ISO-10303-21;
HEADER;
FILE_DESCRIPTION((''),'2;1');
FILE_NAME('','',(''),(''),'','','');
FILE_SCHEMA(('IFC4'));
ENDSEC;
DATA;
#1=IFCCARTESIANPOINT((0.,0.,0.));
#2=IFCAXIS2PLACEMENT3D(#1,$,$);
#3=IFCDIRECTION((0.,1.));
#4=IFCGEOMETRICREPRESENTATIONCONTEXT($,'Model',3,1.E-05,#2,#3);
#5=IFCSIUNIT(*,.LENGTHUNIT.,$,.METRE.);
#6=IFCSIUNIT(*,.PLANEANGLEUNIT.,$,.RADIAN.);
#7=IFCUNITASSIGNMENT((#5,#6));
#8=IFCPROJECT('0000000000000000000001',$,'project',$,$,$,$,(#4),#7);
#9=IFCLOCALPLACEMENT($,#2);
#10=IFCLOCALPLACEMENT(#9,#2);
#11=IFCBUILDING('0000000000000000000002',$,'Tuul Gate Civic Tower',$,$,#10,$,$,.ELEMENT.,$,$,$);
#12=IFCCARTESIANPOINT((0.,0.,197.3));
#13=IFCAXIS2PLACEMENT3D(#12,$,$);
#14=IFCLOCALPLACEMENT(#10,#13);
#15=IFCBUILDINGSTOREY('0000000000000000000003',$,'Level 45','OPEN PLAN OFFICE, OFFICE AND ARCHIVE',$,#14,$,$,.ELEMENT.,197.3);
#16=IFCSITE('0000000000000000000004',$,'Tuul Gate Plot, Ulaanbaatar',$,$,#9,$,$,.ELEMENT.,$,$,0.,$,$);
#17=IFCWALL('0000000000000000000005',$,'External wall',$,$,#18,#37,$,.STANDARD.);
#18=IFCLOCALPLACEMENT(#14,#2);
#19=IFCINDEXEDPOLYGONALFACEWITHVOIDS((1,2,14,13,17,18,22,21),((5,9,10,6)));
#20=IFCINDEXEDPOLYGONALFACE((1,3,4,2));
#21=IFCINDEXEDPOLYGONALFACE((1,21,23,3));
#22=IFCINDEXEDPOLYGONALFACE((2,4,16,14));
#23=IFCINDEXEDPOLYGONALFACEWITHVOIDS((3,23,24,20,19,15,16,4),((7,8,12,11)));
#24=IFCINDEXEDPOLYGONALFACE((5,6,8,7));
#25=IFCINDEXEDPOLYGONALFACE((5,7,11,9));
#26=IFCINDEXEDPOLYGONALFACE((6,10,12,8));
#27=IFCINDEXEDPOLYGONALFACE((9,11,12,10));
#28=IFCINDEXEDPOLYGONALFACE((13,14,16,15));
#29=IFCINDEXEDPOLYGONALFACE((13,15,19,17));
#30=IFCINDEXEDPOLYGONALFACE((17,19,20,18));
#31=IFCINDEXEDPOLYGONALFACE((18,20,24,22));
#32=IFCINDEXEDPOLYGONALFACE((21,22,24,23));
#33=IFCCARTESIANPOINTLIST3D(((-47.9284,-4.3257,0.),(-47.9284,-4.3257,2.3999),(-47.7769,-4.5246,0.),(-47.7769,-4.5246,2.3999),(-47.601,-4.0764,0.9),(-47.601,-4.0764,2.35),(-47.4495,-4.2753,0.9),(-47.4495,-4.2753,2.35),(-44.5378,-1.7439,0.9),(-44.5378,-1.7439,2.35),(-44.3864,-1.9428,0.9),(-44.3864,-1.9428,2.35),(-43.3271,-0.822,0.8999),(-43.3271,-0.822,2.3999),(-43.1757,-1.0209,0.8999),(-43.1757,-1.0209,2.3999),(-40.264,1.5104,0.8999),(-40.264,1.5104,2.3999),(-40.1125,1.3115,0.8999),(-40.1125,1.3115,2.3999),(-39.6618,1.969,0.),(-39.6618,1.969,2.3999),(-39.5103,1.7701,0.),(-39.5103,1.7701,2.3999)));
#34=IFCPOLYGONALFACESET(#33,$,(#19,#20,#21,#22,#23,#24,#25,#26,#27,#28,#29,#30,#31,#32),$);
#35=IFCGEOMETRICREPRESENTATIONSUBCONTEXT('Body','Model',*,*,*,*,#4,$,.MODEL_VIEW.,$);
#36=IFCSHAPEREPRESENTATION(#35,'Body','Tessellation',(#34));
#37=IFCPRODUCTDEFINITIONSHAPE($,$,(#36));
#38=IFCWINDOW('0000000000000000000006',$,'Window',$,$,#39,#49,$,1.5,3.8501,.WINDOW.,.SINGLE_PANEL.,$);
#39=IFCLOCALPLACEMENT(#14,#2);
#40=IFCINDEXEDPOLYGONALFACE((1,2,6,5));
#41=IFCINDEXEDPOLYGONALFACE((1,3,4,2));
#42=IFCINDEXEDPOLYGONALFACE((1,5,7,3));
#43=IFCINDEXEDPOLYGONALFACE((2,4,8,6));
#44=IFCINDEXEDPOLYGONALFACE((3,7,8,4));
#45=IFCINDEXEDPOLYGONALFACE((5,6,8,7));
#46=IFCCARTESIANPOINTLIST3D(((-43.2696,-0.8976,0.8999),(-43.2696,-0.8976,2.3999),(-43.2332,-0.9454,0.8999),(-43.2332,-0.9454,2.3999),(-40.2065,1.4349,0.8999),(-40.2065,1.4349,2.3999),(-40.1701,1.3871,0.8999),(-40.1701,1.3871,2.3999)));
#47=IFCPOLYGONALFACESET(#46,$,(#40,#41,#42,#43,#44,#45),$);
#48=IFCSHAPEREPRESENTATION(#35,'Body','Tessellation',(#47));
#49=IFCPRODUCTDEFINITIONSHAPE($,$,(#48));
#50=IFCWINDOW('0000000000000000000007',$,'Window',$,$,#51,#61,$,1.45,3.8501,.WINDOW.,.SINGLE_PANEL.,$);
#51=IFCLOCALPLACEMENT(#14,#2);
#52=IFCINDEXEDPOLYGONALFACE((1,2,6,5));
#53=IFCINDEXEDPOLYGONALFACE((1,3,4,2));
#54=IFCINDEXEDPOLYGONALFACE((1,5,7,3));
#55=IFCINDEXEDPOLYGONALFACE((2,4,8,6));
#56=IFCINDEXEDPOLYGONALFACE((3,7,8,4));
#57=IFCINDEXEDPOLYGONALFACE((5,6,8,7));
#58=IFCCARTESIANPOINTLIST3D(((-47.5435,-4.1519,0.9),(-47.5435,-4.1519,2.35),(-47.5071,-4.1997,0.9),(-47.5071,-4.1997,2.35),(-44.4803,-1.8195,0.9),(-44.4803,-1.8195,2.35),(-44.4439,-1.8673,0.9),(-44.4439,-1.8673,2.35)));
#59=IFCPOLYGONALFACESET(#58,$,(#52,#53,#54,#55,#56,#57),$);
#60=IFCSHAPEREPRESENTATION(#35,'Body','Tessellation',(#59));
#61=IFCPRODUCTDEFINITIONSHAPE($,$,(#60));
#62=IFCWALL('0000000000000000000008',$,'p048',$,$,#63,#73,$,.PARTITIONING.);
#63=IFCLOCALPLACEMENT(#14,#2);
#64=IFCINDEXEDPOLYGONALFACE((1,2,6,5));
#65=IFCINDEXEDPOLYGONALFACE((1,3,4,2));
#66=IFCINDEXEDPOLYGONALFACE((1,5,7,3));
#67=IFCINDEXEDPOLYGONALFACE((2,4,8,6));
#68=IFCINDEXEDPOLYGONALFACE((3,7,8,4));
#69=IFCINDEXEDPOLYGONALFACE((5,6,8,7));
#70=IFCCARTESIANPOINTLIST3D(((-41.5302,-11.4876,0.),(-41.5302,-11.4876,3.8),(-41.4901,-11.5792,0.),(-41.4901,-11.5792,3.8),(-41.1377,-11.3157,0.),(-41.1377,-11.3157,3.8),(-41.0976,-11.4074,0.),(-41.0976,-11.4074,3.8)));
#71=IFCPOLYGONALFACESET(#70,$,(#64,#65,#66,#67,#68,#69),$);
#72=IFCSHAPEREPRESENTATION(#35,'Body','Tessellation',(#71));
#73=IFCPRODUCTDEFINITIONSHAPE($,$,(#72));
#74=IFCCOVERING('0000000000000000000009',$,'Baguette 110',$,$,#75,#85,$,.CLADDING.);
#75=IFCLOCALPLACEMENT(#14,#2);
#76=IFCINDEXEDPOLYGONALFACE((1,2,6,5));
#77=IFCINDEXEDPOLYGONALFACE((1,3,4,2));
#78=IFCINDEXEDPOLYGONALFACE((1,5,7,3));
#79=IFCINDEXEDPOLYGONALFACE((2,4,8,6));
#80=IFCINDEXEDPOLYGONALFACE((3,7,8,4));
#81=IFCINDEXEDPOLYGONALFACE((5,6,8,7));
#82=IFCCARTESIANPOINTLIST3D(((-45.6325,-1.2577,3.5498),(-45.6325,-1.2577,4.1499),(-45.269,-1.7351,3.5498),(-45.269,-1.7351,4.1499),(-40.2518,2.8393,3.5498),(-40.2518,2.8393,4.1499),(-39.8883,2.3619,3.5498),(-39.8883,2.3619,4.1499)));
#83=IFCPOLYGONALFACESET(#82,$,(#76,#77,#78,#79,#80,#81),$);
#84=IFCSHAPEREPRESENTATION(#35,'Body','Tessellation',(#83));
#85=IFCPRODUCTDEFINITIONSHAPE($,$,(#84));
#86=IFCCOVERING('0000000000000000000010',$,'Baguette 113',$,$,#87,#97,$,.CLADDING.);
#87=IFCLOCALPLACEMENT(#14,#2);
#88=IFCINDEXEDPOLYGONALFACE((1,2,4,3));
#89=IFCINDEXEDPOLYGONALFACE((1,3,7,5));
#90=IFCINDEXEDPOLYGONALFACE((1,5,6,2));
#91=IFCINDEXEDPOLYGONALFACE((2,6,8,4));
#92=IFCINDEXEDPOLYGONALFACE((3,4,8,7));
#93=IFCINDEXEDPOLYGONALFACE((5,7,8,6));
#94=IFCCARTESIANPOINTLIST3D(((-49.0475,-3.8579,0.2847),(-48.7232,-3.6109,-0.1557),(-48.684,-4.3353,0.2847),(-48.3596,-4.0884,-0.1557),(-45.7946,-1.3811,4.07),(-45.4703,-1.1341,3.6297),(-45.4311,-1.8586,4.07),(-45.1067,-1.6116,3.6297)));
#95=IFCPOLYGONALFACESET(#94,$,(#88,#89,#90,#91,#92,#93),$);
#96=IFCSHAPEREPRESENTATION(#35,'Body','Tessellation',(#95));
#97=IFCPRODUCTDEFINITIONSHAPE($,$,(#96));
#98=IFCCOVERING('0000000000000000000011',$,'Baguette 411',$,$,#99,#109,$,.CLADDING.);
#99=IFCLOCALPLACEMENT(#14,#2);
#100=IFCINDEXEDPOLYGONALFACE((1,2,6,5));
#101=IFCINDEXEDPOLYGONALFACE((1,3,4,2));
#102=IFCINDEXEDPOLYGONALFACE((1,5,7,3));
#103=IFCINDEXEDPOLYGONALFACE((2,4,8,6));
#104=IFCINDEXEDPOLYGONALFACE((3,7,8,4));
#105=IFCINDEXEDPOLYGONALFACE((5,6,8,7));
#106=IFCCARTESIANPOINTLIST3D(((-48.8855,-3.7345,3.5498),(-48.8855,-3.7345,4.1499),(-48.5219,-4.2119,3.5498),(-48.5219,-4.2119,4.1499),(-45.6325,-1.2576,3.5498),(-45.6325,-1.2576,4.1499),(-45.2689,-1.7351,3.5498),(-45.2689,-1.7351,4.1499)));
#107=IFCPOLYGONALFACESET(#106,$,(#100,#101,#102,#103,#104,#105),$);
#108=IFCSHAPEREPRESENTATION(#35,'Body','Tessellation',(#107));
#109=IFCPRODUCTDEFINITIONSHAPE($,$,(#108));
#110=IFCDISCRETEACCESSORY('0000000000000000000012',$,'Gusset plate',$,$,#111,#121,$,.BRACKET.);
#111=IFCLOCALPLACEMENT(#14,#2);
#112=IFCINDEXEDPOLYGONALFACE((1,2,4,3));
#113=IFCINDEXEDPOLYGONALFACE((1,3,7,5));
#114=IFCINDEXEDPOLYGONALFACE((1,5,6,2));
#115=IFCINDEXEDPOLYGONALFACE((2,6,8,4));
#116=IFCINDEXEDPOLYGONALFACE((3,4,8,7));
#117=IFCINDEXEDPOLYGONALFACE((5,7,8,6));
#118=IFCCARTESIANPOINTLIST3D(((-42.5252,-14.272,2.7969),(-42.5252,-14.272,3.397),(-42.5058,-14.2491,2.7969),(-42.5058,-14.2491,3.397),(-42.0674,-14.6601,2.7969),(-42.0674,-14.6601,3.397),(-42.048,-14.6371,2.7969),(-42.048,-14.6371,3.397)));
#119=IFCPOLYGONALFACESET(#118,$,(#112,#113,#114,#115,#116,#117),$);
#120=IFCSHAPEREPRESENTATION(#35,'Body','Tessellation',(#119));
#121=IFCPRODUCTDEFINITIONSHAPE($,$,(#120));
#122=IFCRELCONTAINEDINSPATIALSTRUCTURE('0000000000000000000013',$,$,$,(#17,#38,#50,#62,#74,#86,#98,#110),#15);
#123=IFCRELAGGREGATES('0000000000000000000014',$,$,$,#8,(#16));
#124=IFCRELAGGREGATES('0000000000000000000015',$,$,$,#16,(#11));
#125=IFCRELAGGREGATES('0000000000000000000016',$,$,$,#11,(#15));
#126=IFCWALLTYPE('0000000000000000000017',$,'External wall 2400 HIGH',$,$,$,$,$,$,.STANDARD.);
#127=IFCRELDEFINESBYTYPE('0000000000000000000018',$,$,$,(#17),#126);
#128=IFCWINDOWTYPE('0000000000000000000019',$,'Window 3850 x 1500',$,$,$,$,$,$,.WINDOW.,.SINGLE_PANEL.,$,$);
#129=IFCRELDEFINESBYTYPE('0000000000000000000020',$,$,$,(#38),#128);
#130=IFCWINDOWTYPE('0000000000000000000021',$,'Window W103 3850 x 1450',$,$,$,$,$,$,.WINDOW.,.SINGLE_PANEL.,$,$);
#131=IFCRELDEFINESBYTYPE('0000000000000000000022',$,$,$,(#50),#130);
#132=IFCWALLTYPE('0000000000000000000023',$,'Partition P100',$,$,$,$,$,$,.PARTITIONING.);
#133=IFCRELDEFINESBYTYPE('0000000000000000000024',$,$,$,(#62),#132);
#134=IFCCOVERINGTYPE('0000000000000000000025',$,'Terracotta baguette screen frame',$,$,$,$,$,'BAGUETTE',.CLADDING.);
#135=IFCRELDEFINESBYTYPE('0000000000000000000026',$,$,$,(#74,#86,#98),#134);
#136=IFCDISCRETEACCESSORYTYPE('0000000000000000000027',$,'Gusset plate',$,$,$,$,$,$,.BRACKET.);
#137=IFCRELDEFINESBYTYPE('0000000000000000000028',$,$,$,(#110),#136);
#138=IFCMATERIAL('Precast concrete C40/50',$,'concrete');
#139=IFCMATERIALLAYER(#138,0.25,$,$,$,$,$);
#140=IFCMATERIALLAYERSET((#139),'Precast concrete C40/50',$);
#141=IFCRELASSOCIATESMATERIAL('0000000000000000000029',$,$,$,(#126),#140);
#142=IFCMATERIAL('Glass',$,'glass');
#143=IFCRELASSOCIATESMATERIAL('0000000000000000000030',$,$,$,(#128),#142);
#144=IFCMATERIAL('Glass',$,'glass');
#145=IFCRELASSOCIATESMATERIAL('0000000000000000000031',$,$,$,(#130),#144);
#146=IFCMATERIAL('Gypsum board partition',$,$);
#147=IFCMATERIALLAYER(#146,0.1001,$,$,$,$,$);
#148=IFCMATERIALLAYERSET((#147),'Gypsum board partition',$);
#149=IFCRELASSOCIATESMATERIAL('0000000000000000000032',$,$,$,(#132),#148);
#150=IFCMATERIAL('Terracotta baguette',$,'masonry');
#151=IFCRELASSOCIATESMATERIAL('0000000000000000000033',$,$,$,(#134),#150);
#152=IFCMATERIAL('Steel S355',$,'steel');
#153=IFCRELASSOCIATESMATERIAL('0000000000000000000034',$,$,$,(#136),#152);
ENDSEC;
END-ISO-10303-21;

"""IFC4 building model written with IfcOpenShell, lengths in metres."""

from ifc_helpers import new_model, si_unit, direction, frame, frame_2d, origin, origin_2d, place, context, subcontext, project, spatial, rectangle, extrude, material, layer, layer_set, material_profile, profile_set, type_object, element, fill, save


model = new_model("IFC4")

# Units and contexts
model_context = context("Model", 3, precision=1e-05, world=origin(), true_north=direction((0.0, 1.0)))
body_context = subcontext(model_context, "Body", "Model", "MODEL_VIEW")
ifc_project = project(units=[si_unit("LENGTHUNIT", "METRE"), si_unit("PLANEANGLEUNIT", "RADIAN")], contexts=[model_context])

# Site, building, storey
site_placement = place(None, origin())
site = spatial("IfcSite", under=ifc_project, at=site_placement, Name="Tuul Gate Plot, Ulaanbaatar", CompositionType="ELEMENT", RefElevation=0.0)
building_placement = place(site_placement, origin())
building = spatial("IfcBuilding", under=site, at=building_placement, Name="Tuul Gate Civic Tower", CompositionType="ELEMENT")
storey_placement = place(building_placement, frame((0.0, 0.0, 197.3)))
storey = spatial("IfcBuildingStorey", under=building, at=storey_placement, Name="Level 45", Description="OPEN PLAN OFFICE, OFFICE AND ARCHIVE", CompositionType="ELEMENT", Elevation=197.3)

# Wall, openings, windows
ifc_material_1 = material(Name="Precast concrete C40/50", Category="concrete")
ifc_layer_1 = layer(ifc_material_1, 0.25)
ifc_layer_set_1 = layer_set([ifc_layer_1], Name="Precast concrete C40/50")
wall_type_1 = type_object("IfcWallType", Name="External wall 2400 HIGH", PredefinedType="STANDARD", material=ifc_layer_set_1)
wall_1_placement = place(storey_placement, frame((-39.5859, 1.8696, 0.0), z_axis=(0.0, 0.0, 1.0), x_axis=(-0.795603, -0.605819, 0.0)))
wall_1 = element("IfcWall", 1, at=wall_1_placement, inside=storey, type_object=wall_type_1, Name="External wall", PredefinedType="STANDARD", context=body_context, shape_type="SweptSolid", body=[
    extrude(rectangle(XDim=10.3904, YDim=0.25, at=frame_2d((5.1953, 0.0))), origin(), (0.0, 0.0, 1.0), 2.3999),
])
opening_1_placement = place(wall_1_placement, frame((0.7571, 0.0, 0.8999)))
opening_1 = element("IfcOpeningElement", 2, at=opening_1_placement, cuts=wall_1, PredefinedType="OPENING", context=body_context, shape_type="SweptSolid", body=[
    extrude(rectangle(XDim=3.8501, YDim=1.5, at=frame_2d((1.925, 0.75))), frame((0.0, 0.135, 0.0), z_axis=(0.0, -1.0, 0.0), x_axis=(1.0, 0.0, 0.0)), (0.0, 0.0, 1.0), 0.27),
])
opening_2_placement = place(wall_1_placement, frame((6.1289, 0.0, 0.8999)))
opening_2 = element("IfcOpeningElement", 3, at=opening_2_placement, cuts=wall_1, PredefinedType="OPENING", context=body_context, shape_type="SweptSolid", body=[
    extrude(rectangle(XDim=3.8501, YDim=1.45, at=frame_2d((1.925, 0.7251))), frame((0.0, 0.135, 0.0), z_axis=(0.0, -1.0, 0.0), x_axis=(1.0, 0.0, 0.0)), (0.0, 0.0, 1.0), 0.27),
])
ifc_material_2 = material(Name="Glass", Category="glass")
window_type_1 = type_object("IfcWindowType", Name="Window 3850 x 1500", PartitioningType="SINGLE_PANEL", PredefinedType="WINDOW", material=ifc_material_2)
window_1_placement = place(opening_1_placement, origin())
window_1 = element("IfcWindow", 4, at=window_1_placement, inside=storey, type_object=window_type_1, Name="Window", OverallHeight=1.5, OverallWidth=3.8501, PartitioningType="SINGLE_PANEL", PredefinedType="WINDOW", context=body_context, shape_type="SweptSolid", body=[
    extrude(rectangle(XDim=3.8501, YDim=1.5, at=frame_2d((1.925, 0.75))), frame((0.0, 0.03, 0.0), z_axis=(0.0, -1.0, 0.0), x_axis=(1.0, 0.0, 0.0)), (0.0, 0.0, 1.0), 0.0601),
])
fill(opening_1, window_1)
ifc_material_3 = material(Name="Glass", Category="glass")
window_type_2 = type_object("IfcWindowType", Name="Window W103 3850 x 1450", PartitioningType="SINGLE_PANEL", PredefinedType="WINDOW", material=ifc_material_3)
window_2_placement = place(opening_2_placement, origin())
window_2 = element("IfcWindow", 5, at=window_2_placement, inside=storey, type_object=window_type_2, Name="Window", OverallHeight=1.45, OverallWidth=3.8501, PartitioningType="SINGLE_PANEL", PredefinedType="WINDOW", context=body_context, shape_type="SweptSolid", body=[
    extrude(rectangle(XDim=3.8501, YDim=1.45, at=frame_2d((1.925, 0.7251))), frame((0.0, 0.03, 0.0), z_axis=(0.0, -1.0, 0.0), x_axis=(1.0, 0.0, 0.0)), (0.0, 0.0, 1.0), 0.0601),
])
fill(opening_2, window_2)

# Wall
ifc_material_4 = material(Name="Gypsum board partition")
ifc_layer_2 = layer(ifc_material_4, 0.1001)
ifc_layer_set_2 = layer_set([ifc_layer_2], Name="Gypsum board partition")
wall_type_2 = type_object("IfcWallType", Name="Partition P100", PredefinedType="PARTITIONING", material=ifc_layer_set_2)
wall_2_placement = place(storey_placement, frame((-41.5103, -11.5334, 0.0), z_axis=(0.0, 0.0, 1.0), x_axis=(0.916053, 0.401058, 0.0)))
element("IfcWall", 6, at=wall_2_placement, inside=storey, type_object=wall_type_2, Name="p048", PredefinedType="PARTITIONING", context=body_context, shape_type="SweptSolid", body=[
    extrude(rectangle(XDim=0.4285, YDim=0.1001, at=frame_2d((0.2144, 0.0))), origin(), (0.0, 0.0, 1.0), 3.8),
])

# Coverings
ifc_material_5 = material(Name="Terracotta baguette", Category="masonry")
ifc_material_profile_1 = material_profile(ifc_material_5, rectangle(XDim=0.6001, YDim=0.6001, at=origin_2d()), Name="Terracotta baguette screen frame")
ifc_profile_set_1 = profile_set([ifc_material_profile_1], Name="Terracotta baguette")
covering_type = type_object("IfcCoveringType", Name="Terracotta baguette screen frame", ElementType="BAGUETTE", PredefinedType="CLADDING", material=ifc_profile_set_1)
covering_1_placement = place(storey_placement, frame((-40.0701, 2.6006, 3.8499), z_axis=(-0.795616, -0.605801, 0.0), x_axis=(0.605801, -0.795616, 0.0)))
element("IfcCovering", 7, at=covering_1_placement, inside=storey, type_object=covering_type, Name="Baguette 110", PredefinedType="CLADDING", context=body_context, shape_type="SweptSolid", body=[
    extrude(rectangle(XDim=0.6001, YDim=0.6001, at=origin_2d()), origin(), (0.0, 0.0, 1.0), 6.7629),
])
covering_2_placement = place(storey_placement, frame((-45.4507, -1.4963, 3.8499), z_axis=(-0.583816, -0.444522, -0.679381), x_axis=(0.605793, -0.795622, 0.0)))
element("IfcCovering", 8, at=covering_2_placement, inside=storey, type_object=covering_type, Name="Baguette 113", PredefinedType="CLADDING", context=body_context, shape_type="SweptSolid", body=[
    extrude(rectangle(XDim=0.6001, YDim=0.6001, at=origin_2d()), origin(), (0.0, 0.0, 1.0), 5.5718),
])
covering_3_placement = place(storey_placement, frame((-45.4507, -1.4963, 3.8499), z_axis=(-0.795622, -0.605793, 0.0), x_axis=(0.605793, -0.795622, 0.0)))
element("IfcCovering", 9, at=covering_3_placement, inside=storey, type_object=covering_type, Name="Baguette 411", PredefinedType="CLADDING", context=body_context, shape_type="SweptSolid", body=[
    extrude(rectangle(XDim=0.6001, YDim=0.6001, at=origin_2d()), origin(), (0.0, 0.0, 1.0), 4.0886),
])

# Discrete accessory
ifc_material_6 = material(Name="Steel S355", Category="steel")
discrete_accessory_type = type_object("IfcDiscreteAccessoryType", Name="Gusset plate", PredefinedType="BRACKET", material=ifc_material_6)
discrete_accessory_placement = place(storey_placement, frame((-42.2866, -14.4546, 2.7969), z_axis=(0.0, 0.0, 1.0), x_axis=(-0.762825, 0.646605, 0.0)))
element("IfcDiscreteAccessory", 10, at=discrete_accessory_placement, inside=storey, type_object=discrete_accessory_type, Name="Gusset plate", PredefinedType="BRACKET", context=body_context, shape_type="SweptSolid", body=[
    extrude(rectangle(XDim=0.6001, YDim=0.03, at=origin_2d()), origin(), (0.0, 0.0, 1.0), 0.6001),
])

save(model, "model.ifc")
